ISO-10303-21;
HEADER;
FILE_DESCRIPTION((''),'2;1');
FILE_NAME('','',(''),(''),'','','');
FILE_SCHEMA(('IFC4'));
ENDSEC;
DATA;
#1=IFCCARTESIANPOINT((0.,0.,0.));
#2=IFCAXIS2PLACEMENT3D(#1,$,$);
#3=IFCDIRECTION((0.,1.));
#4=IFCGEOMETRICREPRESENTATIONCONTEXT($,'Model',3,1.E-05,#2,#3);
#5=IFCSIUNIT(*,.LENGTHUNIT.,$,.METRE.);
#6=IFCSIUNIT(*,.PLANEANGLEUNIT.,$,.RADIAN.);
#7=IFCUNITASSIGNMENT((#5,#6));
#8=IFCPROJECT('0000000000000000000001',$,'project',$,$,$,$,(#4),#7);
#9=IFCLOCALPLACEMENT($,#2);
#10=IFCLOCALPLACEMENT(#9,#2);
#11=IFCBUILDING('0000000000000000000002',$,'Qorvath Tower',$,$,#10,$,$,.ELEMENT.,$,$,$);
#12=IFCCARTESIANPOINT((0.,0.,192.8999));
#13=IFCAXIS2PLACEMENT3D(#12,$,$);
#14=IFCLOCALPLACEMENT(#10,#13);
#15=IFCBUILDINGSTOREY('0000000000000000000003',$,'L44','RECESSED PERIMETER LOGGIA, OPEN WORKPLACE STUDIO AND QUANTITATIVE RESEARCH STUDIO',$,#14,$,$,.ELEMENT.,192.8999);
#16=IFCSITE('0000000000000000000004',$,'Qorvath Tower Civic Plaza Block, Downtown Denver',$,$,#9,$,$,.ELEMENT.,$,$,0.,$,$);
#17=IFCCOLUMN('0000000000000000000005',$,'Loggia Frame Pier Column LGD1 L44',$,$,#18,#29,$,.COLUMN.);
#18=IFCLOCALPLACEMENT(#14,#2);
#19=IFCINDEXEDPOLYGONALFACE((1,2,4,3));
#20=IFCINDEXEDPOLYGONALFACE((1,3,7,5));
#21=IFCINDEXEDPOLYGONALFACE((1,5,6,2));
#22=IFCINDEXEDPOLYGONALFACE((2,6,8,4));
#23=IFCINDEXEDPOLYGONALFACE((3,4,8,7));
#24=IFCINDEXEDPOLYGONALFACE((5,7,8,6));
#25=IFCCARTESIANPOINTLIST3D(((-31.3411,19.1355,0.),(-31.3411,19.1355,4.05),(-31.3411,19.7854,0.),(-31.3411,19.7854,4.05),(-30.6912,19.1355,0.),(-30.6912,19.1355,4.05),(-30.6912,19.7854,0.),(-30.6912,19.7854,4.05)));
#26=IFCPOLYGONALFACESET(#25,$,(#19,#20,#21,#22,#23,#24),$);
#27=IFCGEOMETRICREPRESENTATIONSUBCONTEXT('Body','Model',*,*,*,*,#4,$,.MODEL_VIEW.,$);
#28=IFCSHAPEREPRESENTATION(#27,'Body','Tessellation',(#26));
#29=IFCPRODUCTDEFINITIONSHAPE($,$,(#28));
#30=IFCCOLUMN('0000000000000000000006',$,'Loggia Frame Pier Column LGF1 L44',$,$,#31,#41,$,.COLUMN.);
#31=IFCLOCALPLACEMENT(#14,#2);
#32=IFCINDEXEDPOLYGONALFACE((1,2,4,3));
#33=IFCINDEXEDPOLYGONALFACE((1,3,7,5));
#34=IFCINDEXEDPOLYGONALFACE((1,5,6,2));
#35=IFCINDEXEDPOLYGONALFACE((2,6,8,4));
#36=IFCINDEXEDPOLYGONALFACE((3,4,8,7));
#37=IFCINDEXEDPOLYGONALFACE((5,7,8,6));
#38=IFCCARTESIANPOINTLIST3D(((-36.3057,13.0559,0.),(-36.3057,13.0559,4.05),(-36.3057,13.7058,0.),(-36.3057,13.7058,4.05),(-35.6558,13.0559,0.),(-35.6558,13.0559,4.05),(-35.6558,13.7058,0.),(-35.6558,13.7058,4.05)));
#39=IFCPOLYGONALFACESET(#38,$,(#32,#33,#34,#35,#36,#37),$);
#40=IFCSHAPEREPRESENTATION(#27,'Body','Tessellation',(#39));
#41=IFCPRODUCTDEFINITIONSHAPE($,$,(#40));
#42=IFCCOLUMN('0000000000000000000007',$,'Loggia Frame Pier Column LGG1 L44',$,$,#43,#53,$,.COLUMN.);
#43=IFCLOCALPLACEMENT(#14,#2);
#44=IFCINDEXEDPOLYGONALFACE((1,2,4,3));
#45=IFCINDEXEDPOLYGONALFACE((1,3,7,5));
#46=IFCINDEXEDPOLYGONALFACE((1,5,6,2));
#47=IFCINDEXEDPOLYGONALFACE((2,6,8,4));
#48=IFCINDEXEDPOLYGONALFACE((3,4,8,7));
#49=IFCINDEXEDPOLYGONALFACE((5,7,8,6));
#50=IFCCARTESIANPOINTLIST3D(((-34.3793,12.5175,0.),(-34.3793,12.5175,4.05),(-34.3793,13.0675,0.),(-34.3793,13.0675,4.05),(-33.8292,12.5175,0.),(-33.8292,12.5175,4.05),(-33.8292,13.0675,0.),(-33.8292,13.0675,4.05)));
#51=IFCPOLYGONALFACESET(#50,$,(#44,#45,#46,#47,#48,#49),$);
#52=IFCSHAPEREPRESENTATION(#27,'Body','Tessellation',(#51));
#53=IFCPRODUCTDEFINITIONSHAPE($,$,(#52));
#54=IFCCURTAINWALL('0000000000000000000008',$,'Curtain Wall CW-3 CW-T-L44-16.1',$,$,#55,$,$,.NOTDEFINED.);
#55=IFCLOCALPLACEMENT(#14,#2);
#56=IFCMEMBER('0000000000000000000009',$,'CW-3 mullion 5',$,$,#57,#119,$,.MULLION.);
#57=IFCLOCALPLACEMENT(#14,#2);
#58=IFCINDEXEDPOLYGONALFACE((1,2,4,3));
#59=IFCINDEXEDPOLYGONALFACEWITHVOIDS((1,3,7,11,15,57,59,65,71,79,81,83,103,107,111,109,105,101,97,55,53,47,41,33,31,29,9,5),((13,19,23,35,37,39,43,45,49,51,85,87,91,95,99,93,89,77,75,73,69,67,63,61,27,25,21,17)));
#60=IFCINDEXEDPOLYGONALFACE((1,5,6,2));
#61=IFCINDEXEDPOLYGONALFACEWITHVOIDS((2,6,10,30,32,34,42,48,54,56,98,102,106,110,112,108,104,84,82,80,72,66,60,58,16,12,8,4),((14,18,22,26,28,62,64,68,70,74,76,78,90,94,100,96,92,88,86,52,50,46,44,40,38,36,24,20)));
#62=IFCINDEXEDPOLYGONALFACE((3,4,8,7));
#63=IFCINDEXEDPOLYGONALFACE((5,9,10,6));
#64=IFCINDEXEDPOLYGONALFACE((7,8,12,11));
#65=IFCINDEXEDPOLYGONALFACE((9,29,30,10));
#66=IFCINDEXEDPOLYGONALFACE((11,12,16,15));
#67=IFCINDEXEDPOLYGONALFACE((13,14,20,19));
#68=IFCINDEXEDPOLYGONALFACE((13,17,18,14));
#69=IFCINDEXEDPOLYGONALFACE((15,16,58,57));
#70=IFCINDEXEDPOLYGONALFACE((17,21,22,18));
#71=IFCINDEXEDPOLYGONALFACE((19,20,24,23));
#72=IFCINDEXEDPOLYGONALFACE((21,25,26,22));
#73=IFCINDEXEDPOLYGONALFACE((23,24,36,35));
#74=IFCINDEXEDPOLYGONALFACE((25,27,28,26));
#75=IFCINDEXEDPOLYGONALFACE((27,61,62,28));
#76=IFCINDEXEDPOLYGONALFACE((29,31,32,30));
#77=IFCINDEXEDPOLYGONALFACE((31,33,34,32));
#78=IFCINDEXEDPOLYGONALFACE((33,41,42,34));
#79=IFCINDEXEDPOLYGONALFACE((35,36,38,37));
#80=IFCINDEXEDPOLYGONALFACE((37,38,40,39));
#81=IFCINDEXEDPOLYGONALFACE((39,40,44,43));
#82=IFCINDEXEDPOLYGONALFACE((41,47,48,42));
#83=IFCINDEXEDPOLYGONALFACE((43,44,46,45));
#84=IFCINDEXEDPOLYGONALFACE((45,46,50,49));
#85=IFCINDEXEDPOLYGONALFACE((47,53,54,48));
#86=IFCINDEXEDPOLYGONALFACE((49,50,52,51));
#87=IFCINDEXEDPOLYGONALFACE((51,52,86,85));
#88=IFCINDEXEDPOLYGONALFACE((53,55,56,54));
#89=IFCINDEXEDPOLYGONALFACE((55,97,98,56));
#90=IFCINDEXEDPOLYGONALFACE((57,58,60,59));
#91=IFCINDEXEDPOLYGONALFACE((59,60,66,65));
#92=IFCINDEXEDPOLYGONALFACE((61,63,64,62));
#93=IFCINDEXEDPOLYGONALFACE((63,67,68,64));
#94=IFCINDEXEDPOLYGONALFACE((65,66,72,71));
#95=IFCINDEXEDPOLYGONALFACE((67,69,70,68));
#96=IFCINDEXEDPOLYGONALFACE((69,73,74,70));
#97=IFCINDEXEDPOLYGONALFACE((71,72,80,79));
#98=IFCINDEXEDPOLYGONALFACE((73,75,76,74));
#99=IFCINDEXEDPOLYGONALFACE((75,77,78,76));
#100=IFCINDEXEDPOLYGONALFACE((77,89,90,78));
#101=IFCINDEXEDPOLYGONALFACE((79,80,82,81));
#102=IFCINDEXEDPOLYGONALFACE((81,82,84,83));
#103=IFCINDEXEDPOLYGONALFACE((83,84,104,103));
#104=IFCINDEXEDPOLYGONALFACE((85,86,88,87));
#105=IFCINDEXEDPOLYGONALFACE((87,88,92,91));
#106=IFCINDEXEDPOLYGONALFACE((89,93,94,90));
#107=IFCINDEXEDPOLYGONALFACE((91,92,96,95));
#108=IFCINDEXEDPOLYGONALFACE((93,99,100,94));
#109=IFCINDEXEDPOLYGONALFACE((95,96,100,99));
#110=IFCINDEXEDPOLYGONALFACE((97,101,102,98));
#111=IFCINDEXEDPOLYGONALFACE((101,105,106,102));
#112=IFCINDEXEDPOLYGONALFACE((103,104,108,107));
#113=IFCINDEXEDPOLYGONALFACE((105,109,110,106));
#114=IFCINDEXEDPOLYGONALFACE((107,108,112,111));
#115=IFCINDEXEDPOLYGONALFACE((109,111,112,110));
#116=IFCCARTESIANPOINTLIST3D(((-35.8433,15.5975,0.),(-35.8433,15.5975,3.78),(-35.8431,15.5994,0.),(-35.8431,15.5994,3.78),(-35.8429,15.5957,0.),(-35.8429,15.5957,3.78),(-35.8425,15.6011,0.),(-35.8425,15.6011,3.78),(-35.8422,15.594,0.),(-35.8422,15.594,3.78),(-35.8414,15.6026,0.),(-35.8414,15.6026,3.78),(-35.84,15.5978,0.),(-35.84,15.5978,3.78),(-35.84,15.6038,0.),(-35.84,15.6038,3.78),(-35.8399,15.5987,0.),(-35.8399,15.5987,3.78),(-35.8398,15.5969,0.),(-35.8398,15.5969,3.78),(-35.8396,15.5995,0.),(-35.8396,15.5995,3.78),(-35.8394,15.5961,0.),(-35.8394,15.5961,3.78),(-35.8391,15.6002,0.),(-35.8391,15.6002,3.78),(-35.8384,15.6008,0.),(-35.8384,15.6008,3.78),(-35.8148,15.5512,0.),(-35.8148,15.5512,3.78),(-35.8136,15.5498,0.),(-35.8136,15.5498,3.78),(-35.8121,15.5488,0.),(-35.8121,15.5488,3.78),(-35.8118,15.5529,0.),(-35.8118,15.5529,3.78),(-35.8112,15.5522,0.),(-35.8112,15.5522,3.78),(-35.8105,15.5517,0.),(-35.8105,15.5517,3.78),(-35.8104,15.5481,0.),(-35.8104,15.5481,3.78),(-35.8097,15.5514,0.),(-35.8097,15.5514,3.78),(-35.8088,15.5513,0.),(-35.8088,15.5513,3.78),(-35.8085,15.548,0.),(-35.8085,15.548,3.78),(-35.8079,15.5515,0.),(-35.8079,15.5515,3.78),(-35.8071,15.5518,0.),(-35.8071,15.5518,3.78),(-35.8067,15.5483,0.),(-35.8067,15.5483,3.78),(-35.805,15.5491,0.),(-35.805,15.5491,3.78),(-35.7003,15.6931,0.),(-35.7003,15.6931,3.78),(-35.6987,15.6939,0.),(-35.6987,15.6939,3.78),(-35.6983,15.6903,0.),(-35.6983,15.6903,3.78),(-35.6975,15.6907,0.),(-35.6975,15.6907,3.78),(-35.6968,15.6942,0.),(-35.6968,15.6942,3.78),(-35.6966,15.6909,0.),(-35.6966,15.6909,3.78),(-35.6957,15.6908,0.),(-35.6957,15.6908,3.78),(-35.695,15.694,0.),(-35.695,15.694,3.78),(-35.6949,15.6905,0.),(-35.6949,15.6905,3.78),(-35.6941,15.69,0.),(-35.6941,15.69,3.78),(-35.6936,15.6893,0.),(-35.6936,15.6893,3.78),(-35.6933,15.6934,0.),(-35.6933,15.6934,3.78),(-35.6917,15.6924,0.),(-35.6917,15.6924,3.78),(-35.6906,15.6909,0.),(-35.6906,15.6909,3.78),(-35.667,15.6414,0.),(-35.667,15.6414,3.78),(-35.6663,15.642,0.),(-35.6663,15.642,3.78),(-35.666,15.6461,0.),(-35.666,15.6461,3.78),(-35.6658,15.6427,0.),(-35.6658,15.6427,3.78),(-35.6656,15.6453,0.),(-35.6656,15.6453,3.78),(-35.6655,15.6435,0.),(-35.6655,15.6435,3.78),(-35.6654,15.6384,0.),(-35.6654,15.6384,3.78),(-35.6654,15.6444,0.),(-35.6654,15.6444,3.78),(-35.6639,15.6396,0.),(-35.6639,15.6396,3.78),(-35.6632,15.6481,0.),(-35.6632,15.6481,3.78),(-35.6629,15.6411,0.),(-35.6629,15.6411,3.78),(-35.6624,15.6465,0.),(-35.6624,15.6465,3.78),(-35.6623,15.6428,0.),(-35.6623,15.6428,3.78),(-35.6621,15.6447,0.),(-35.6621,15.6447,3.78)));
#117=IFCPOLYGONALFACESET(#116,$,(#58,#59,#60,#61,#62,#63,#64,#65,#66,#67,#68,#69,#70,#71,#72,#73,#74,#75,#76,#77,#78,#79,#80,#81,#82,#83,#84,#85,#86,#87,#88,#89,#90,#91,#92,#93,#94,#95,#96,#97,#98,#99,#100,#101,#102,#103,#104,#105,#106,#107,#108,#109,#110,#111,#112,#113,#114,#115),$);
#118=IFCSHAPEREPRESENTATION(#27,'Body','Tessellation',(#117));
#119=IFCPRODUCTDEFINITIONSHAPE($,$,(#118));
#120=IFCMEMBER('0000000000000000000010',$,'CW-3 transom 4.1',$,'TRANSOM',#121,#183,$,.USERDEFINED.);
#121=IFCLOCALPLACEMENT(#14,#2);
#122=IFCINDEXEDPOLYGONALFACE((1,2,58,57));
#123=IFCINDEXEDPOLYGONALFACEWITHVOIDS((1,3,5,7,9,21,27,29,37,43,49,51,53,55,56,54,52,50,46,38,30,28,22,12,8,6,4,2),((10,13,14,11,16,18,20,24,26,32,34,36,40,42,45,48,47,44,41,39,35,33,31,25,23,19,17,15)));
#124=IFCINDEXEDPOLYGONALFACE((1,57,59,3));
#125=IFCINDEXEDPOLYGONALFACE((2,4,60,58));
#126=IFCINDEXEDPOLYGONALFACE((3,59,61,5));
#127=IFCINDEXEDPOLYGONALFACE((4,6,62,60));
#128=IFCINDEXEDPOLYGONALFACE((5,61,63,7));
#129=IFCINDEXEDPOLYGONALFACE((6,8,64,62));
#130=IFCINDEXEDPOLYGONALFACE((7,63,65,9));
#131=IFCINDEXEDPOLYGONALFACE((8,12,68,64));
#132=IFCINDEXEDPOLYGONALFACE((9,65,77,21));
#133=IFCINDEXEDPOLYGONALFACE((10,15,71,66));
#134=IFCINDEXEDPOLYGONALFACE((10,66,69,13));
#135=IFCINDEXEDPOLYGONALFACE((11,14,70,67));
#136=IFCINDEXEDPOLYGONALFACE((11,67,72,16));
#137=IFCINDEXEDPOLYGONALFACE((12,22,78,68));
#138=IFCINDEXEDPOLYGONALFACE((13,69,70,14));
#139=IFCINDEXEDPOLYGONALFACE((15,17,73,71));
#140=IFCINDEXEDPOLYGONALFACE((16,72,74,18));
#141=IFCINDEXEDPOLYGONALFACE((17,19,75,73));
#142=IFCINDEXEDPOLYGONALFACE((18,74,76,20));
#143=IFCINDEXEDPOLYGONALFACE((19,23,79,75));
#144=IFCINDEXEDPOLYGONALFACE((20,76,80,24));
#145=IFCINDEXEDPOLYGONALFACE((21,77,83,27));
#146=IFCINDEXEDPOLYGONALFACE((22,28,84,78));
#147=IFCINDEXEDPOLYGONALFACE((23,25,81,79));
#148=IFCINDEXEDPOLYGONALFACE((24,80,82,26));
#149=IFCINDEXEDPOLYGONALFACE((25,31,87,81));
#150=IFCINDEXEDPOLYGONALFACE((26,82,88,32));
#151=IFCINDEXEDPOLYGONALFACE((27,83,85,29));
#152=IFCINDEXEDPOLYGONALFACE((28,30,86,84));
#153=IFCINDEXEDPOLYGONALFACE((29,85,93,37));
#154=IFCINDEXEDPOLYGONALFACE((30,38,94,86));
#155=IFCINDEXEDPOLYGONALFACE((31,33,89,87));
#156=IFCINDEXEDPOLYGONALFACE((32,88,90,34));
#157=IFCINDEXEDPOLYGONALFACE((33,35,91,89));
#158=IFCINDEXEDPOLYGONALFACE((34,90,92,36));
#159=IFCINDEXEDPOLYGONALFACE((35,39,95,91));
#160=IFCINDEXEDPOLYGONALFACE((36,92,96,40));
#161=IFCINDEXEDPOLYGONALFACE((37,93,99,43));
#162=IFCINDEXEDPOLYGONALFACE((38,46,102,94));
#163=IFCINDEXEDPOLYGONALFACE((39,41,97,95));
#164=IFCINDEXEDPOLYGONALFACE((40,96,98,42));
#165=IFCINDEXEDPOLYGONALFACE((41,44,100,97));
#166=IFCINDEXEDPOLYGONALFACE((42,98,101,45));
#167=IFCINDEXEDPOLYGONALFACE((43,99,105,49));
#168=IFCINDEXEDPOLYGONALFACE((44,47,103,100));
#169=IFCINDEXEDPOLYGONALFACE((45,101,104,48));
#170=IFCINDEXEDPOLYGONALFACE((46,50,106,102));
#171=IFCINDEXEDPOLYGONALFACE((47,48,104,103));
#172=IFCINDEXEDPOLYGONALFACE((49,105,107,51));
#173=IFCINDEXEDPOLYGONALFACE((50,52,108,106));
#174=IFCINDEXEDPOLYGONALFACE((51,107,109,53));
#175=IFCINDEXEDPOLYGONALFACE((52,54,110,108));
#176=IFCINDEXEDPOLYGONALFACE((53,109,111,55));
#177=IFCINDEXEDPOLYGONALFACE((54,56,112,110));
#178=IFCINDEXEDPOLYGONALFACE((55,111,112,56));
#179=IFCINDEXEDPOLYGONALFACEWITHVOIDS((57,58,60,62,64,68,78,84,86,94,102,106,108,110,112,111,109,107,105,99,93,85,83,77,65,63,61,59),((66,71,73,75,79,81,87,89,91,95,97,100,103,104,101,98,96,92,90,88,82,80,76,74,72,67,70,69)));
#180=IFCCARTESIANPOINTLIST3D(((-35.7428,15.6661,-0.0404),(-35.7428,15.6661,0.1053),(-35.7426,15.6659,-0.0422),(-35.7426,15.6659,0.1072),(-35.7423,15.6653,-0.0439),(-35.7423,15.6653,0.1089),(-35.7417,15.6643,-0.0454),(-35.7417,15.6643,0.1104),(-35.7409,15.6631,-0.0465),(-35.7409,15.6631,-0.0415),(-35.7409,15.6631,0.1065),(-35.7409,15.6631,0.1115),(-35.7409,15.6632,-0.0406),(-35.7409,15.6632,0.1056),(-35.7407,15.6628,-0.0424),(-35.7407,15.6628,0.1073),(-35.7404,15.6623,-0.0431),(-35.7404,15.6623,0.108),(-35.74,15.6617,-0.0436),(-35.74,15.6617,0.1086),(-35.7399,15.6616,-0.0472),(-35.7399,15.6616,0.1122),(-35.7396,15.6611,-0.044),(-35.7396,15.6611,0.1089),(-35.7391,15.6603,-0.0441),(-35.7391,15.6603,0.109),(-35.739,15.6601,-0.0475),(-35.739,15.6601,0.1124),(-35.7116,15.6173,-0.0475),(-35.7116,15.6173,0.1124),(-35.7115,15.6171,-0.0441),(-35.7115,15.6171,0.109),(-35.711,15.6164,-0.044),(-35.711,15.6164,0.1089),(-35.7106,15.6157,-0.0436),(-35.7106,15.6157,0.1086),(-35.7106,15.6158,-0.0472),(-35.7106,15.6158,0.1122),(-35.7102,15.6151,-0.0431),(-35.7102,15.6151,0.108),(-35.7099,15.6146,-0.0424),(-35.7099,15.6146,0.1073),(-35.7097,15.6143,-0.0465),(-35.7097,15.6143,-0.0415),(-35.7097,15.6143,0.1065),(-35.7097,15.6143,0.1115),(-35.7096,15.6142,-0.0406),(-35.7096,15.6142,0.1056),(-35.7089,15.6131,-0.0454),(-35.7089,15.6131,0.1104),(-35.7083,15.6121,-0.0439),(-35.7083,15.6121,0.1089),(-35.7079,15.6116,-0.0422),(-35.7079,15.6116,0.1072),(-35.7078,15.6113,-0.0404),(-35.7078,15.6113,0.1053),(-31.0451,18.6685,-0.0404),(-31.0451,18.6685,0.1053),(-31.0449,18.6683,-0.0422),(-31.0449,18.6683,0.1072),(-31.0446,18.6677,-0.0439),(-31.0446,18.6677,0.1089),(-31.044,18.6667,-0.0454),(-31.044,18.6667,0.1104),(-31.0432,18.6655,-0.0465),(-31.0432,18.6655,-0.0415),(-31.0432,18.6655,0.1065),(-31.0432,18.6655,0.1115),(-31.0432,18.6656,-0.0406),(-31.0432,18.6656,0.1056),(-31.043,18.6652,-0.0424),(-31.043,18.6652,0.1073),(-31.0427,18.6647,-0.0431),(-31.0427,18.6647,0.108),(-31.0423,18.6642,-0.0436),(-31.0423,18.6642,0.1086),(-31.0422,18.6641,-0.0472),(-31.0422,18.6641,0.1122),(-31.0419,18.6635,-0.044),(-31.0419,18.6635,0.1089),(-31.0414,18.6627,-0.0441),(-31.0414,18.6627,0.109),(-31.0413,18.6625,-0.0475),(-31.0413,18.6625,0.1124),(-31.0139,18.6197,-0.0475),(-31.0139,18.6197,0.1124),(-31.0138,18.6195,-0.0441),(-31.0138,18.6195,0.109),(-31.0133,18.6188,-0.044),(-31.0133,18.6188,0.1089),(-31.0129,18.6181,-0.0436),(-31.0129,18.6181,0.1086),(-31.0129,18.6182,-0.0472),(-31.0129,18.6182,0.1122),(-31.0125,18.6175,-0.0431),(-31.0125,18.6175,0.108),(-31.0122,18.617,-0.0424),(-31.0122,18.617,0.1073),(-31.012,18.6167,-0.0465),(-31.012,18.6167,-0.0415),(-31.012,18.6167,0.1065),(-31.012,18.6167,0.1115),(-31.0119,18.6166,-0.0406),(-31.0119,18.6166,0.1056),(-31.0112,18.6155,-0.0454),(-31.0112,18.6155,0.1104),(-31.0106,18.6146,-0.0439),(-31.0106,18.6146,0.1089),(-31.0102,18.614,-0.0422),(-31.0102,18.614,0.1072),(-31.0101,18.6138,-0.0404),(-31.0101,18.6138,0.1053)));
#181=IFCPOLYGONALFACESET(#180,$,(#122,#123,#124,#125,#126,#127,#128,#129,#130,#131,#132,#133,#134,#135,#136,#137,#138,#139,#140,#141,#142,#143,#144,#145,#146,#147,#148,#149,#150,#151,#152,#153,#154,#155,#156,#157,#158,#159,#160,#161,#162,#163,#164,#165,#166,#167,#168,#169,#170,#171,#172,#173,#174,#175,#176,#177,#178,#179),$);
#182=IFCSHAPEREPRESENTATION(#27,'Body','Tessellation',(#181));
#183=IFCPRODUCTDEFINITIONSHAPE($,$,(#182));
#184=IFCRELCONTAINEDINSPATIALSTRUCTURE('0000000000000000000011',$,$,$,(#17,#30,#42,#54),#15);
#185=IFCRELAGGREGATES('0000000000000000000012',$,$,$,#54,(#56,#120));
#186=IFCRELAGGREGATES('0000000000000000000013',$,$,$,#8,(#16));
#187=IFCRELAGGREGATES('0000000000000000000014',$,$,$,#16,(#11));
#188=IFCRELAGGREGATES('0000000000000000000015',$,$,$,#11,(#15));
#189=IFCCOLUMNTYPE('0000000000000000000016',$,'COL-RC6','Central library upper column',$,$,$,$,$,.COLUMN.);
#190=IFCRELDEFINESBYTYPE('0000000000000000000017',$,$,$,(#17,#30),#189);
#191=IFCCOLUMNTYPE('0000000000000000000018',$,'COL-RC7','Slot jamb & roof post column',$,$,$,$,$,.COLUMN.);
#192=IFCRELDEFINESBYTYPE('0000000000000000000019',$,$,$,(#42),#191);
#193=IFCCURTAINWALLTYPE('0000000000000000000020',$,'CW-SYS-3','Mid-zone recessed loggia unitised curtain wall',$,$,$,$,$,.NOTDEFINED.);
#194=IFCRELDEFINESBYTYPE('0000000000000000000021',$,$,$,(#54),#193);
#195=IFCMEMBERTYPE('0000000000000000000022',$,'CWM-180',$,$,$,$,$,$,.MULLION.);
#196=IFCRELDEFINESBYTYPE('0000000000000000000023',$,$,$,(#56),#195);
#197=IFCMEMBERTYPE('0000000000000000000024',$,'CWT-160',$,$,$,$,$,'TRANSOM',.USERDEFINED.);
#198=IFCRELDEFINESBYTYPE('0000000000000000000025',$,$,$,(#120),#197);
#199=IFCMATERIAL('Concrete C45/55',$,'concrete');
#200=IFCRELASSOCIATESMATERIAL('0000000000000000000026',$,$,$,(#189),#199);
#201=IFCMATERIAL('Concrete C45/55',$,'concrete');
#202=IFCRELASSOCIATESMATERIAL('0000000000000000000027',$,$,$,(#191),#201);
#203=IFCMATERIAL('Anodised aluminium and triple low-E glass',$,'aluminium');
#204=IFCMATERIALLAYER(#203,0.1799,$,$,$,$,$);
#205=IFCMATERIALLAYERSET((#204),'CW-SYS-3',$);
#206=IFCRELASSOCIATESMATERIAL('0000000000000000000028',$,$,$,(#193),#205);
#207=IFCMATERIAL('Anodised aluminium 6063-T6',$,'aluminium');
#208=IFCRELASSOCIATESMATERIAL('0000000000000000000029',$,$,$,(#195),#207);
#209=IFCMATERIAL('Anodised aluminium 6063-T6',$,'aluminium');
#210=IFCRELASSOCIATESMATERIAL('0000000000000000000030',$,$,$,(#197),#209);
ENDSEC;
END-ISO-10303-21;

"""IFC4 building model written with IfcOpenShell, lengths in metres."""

from ifc_helpers import new_model, si_unit, direction, frame, origin, origin_2d, place, context, subcontext, project, spatial, rectangle, hollow_rectangle, extrude, material, layer, layer_set, material_profile, profile_set, type_object, element, aggregate, save


model = new_model("IFC4")

# Units and contexts
model_context = context("Model", 3, precision=1e-05, world=origin(), true_north=direction((0.0, 1.0)))
body_context = subcontext(model_context, "Body", "Model", "MODEL_VIEW")
ifc_project = project(units=[si_unit("LENGTHUNIT", "METRE"), si_unit("PLANEANGLEUNIT", "RADIAN")], contexts=[model_context])

# Site, building, storey
site_placement = place(None, origin())
site = spatial("IfcSite", under=ifc_project, at=site_placement, Name="Qorvath Tower Civic Plaza Block, Downtown Denver", CompositionType="ELEMENT", RefElevation=0.0)
building_placement = place(site_placement, origin())
building = spatial("IfcBuilding", under=site, at=building_placement, Name="Qorvath Tower", CompositionType="ELEMENT")
storey_placement = place(building_placement, frame((0.0, 0.0, 192.8999)))
storey = spatial("IfcBuildingStorey", under=building, at=storey_placement, Name="L44", Description="RECESSED PERIMETER LOGGIA, OPEN WORKPLACE STUDIO AND QUANTITATIVE RESEARCH STUDIO", CompositionType="ELEMENT", Elevation=192.8999)

# Columns
ifc_material_1 = material(Name="Concrete C45/55", Category="concrete")
ifc_material_profile_1 = material_profile(ifc_material_1, rectangle(XDim=0.6499, YDim=0.6499, at=origin_2d()), Name="RC 650x650")
ifc_profile_set_1 = profile_set([ifc_material_profile_1], Name="Concrete C45/55")
column_type_1 = type_object("IfcColumnType", Name="COL-RC6", Description="Central library upper column", PredefinedType="COLUMN", material=ifc_profile_set_1)
for number, where, z_axis, x_axis, name in (
    (1, (-31.0161, 19.4604, 0.0), (0.0, 0.0, 1.0), (1.0, 0.0, 0.0), "Loggia Frame Pier Column LGD1 L44"),
    (2, (-35.9807, 13.3809, 0.0), (0.0, 0.0, 1.0), (1.0, 0.0, 0.0), "Loggia Frame Pier Column LGF1 L44"),
):
    element("IfcColumn", number, at=place(storey_placement, frame(where, z_axis=z_axis, x_axis=x_axis)), inside=storey, type_object=column_type_1, Name=name, PredefinedType="COLUMN", context=body_context, shape_type="SweptSolid", body=[
        extrude(rectangle(XDim=0.6499, YDim=0.6499, at=origin_2d()), origin(), (0.0, 0.0, 1.0), 4.05),
    ])
ifc_material_2 = material(Name="Concrete C45/55", Category="concrete")
ifc_material_profile_2 = material_profile(ifc_material_2, rectangle(XDim=0.55, YDim=0.55, at=origin_2d()), Name="RC 550x550")
ifc_profile_set_2 = profile_set([ifc_material_profile_2], Name="Concrete C45/55")
column_type_2 = type_object("IfcColumnType", Name="COL-RC7", Description="Slot jamb & roof post column", PredefinedType="COLUMN", material=ifc_profile_set_2)
column_placement = place(storey_placement, frame((-34.1042, 12.7925, 0.0), z_axis=(0.0, 0.0, 1.0), x_axis=(1.0, 0.0, 0.0)))
element("IfcColumn", 3, at=column_placement, inside=storey, type_object=column_type_2, Name="Loggia Frame Pier Column LGG1 L44", PredefinedType="COLUMN", context=body_context, shape_type="SweptSolid", body=[
    extrude(rectangle(XDim=0.55, YDim=0.55, at=origin_2d()), origin(), (0.0, 0.0, 1.0), 4.05),
])

# Curtain wall, members
ifc_material_3 = material(Name="Anodised aluminium and triple low-E glass", Category="aluminium")
ifc_layer_1 = layer(ifc_material_3, 0.1799)
ifc_layer_set_1 = layer_set([ifc_layer_1], Name="CW-SYS-3")
curtain_wall_type = type_object("IfcCurtainWallType", Name="CW-SYS-3", Description="Mid-zone recessed loggia unitised curtain wall", PredefinedType="NOTDEFINED", material=ifc_layer_set_1)
curtain_wall_placement = place(storey_placement, origin())
curtain_wall = element("IfcCurtainWall", 4, at=curtain_wall_placement, inside=storey, type_object=curtain_wall_type, Name="Curtain Wall CW-3 CW-T-L44-16.1", PredefinedType="NOTDEFINED")
ifc_material_4 = material(Name="Anodised aluminium 6063-T6", Category="aluminium")
ifc_material_profile_3 = material_profile(ifc_material_4, hollow_rectangle(XDim=0.0649, YDim=0.1799, WallThickness=0.0034, InnerFilletRadius=0.0034, OuterFilletRadius=0.0071, at=origin_2d()), Name="CWM 180x65")
ifc_profile_set_3 = profile_set([ifc_material_profile_3], Name="Anodised aluminium 6063-T6")
member_type_1 = type_object("IfcMemberType", Name="CWM-180", PredefinedType="MULLION", material=ifc_profile_set_3)
member_1_placement = place(storey_placement, frame((-35.7527, 15.6211, 0.0), z_axis=(0.0, 0.0, 1.0), x_axis=(0.538534, -0.842604, 0.0)))
member_1 = element("IfcMember", 5, at=member_1_placement, type_object=member_type_1, Name="CW-3 mullion 5", PredefinedType="MULLION", context=body_context, shape_type="SweptSolid", body=[
    extrude(hollow_rectangle(XDim=0.0649, YDim=0.1799, WallThickness=0.0034, InnerFilletRadius=0.0034, OuterFilletRadius=0.0071, at=origin_2d()), origin(), (0.0, 0.0, 1.0), 3.78),
])
ifc_material_5 = material(Name="Anodised aluminium 6063-T6", Category="aluminium")
ifc_material_profile_4 = material_profile(ifc_material_5, hollow_rectangle(XDim=0.0649, YDim=0.1599, WallThickness=0.0034, InnerFilletRadius=0.0034, OuterFilletRadius=0.0071, at=origin_2d()), Name="CWT 160x65")
ifc_profile_set_4 = profile_set([ifc_material_profile_4], Name="Anodised aluminium 6063-T6")
member_type_2 = type_object("IfcMemberType", Name="CWT-160", ElementType="TRANSOM", PredefinedType="USERDEFINED", material=ifc_profile_set_4)
member_2_placement = place(storey_placement, frame((-31.0276, 18.6411, 0.0325), z_axis=(-0.842607, -0.538529, 0.0), x_axis=(0.538529, -0.842607, 0.0)))
member_2 = element("IfcMember", 6, at=member_2_placement, type_object=member_type_2, Name="CW-3 transom 4.1", ObjectType="TRANSOM", PredefinedType="USERDEFINED", context=body_context, shape_type="SweptSolid", body=[
    extrude(hollow_rectangle(XDim=0.0649, YDim=0.1599, WallThickness=0.0034, InnerFilletRadius=0.0034, OuterFilletRadius=0.0071, at=origin_2d()), origin(), (0.0, 0.0, 1.0), 5.5752),
])
aggregate(curtain_wall, [member_1, member_2])

save(model, "model.ifc")
